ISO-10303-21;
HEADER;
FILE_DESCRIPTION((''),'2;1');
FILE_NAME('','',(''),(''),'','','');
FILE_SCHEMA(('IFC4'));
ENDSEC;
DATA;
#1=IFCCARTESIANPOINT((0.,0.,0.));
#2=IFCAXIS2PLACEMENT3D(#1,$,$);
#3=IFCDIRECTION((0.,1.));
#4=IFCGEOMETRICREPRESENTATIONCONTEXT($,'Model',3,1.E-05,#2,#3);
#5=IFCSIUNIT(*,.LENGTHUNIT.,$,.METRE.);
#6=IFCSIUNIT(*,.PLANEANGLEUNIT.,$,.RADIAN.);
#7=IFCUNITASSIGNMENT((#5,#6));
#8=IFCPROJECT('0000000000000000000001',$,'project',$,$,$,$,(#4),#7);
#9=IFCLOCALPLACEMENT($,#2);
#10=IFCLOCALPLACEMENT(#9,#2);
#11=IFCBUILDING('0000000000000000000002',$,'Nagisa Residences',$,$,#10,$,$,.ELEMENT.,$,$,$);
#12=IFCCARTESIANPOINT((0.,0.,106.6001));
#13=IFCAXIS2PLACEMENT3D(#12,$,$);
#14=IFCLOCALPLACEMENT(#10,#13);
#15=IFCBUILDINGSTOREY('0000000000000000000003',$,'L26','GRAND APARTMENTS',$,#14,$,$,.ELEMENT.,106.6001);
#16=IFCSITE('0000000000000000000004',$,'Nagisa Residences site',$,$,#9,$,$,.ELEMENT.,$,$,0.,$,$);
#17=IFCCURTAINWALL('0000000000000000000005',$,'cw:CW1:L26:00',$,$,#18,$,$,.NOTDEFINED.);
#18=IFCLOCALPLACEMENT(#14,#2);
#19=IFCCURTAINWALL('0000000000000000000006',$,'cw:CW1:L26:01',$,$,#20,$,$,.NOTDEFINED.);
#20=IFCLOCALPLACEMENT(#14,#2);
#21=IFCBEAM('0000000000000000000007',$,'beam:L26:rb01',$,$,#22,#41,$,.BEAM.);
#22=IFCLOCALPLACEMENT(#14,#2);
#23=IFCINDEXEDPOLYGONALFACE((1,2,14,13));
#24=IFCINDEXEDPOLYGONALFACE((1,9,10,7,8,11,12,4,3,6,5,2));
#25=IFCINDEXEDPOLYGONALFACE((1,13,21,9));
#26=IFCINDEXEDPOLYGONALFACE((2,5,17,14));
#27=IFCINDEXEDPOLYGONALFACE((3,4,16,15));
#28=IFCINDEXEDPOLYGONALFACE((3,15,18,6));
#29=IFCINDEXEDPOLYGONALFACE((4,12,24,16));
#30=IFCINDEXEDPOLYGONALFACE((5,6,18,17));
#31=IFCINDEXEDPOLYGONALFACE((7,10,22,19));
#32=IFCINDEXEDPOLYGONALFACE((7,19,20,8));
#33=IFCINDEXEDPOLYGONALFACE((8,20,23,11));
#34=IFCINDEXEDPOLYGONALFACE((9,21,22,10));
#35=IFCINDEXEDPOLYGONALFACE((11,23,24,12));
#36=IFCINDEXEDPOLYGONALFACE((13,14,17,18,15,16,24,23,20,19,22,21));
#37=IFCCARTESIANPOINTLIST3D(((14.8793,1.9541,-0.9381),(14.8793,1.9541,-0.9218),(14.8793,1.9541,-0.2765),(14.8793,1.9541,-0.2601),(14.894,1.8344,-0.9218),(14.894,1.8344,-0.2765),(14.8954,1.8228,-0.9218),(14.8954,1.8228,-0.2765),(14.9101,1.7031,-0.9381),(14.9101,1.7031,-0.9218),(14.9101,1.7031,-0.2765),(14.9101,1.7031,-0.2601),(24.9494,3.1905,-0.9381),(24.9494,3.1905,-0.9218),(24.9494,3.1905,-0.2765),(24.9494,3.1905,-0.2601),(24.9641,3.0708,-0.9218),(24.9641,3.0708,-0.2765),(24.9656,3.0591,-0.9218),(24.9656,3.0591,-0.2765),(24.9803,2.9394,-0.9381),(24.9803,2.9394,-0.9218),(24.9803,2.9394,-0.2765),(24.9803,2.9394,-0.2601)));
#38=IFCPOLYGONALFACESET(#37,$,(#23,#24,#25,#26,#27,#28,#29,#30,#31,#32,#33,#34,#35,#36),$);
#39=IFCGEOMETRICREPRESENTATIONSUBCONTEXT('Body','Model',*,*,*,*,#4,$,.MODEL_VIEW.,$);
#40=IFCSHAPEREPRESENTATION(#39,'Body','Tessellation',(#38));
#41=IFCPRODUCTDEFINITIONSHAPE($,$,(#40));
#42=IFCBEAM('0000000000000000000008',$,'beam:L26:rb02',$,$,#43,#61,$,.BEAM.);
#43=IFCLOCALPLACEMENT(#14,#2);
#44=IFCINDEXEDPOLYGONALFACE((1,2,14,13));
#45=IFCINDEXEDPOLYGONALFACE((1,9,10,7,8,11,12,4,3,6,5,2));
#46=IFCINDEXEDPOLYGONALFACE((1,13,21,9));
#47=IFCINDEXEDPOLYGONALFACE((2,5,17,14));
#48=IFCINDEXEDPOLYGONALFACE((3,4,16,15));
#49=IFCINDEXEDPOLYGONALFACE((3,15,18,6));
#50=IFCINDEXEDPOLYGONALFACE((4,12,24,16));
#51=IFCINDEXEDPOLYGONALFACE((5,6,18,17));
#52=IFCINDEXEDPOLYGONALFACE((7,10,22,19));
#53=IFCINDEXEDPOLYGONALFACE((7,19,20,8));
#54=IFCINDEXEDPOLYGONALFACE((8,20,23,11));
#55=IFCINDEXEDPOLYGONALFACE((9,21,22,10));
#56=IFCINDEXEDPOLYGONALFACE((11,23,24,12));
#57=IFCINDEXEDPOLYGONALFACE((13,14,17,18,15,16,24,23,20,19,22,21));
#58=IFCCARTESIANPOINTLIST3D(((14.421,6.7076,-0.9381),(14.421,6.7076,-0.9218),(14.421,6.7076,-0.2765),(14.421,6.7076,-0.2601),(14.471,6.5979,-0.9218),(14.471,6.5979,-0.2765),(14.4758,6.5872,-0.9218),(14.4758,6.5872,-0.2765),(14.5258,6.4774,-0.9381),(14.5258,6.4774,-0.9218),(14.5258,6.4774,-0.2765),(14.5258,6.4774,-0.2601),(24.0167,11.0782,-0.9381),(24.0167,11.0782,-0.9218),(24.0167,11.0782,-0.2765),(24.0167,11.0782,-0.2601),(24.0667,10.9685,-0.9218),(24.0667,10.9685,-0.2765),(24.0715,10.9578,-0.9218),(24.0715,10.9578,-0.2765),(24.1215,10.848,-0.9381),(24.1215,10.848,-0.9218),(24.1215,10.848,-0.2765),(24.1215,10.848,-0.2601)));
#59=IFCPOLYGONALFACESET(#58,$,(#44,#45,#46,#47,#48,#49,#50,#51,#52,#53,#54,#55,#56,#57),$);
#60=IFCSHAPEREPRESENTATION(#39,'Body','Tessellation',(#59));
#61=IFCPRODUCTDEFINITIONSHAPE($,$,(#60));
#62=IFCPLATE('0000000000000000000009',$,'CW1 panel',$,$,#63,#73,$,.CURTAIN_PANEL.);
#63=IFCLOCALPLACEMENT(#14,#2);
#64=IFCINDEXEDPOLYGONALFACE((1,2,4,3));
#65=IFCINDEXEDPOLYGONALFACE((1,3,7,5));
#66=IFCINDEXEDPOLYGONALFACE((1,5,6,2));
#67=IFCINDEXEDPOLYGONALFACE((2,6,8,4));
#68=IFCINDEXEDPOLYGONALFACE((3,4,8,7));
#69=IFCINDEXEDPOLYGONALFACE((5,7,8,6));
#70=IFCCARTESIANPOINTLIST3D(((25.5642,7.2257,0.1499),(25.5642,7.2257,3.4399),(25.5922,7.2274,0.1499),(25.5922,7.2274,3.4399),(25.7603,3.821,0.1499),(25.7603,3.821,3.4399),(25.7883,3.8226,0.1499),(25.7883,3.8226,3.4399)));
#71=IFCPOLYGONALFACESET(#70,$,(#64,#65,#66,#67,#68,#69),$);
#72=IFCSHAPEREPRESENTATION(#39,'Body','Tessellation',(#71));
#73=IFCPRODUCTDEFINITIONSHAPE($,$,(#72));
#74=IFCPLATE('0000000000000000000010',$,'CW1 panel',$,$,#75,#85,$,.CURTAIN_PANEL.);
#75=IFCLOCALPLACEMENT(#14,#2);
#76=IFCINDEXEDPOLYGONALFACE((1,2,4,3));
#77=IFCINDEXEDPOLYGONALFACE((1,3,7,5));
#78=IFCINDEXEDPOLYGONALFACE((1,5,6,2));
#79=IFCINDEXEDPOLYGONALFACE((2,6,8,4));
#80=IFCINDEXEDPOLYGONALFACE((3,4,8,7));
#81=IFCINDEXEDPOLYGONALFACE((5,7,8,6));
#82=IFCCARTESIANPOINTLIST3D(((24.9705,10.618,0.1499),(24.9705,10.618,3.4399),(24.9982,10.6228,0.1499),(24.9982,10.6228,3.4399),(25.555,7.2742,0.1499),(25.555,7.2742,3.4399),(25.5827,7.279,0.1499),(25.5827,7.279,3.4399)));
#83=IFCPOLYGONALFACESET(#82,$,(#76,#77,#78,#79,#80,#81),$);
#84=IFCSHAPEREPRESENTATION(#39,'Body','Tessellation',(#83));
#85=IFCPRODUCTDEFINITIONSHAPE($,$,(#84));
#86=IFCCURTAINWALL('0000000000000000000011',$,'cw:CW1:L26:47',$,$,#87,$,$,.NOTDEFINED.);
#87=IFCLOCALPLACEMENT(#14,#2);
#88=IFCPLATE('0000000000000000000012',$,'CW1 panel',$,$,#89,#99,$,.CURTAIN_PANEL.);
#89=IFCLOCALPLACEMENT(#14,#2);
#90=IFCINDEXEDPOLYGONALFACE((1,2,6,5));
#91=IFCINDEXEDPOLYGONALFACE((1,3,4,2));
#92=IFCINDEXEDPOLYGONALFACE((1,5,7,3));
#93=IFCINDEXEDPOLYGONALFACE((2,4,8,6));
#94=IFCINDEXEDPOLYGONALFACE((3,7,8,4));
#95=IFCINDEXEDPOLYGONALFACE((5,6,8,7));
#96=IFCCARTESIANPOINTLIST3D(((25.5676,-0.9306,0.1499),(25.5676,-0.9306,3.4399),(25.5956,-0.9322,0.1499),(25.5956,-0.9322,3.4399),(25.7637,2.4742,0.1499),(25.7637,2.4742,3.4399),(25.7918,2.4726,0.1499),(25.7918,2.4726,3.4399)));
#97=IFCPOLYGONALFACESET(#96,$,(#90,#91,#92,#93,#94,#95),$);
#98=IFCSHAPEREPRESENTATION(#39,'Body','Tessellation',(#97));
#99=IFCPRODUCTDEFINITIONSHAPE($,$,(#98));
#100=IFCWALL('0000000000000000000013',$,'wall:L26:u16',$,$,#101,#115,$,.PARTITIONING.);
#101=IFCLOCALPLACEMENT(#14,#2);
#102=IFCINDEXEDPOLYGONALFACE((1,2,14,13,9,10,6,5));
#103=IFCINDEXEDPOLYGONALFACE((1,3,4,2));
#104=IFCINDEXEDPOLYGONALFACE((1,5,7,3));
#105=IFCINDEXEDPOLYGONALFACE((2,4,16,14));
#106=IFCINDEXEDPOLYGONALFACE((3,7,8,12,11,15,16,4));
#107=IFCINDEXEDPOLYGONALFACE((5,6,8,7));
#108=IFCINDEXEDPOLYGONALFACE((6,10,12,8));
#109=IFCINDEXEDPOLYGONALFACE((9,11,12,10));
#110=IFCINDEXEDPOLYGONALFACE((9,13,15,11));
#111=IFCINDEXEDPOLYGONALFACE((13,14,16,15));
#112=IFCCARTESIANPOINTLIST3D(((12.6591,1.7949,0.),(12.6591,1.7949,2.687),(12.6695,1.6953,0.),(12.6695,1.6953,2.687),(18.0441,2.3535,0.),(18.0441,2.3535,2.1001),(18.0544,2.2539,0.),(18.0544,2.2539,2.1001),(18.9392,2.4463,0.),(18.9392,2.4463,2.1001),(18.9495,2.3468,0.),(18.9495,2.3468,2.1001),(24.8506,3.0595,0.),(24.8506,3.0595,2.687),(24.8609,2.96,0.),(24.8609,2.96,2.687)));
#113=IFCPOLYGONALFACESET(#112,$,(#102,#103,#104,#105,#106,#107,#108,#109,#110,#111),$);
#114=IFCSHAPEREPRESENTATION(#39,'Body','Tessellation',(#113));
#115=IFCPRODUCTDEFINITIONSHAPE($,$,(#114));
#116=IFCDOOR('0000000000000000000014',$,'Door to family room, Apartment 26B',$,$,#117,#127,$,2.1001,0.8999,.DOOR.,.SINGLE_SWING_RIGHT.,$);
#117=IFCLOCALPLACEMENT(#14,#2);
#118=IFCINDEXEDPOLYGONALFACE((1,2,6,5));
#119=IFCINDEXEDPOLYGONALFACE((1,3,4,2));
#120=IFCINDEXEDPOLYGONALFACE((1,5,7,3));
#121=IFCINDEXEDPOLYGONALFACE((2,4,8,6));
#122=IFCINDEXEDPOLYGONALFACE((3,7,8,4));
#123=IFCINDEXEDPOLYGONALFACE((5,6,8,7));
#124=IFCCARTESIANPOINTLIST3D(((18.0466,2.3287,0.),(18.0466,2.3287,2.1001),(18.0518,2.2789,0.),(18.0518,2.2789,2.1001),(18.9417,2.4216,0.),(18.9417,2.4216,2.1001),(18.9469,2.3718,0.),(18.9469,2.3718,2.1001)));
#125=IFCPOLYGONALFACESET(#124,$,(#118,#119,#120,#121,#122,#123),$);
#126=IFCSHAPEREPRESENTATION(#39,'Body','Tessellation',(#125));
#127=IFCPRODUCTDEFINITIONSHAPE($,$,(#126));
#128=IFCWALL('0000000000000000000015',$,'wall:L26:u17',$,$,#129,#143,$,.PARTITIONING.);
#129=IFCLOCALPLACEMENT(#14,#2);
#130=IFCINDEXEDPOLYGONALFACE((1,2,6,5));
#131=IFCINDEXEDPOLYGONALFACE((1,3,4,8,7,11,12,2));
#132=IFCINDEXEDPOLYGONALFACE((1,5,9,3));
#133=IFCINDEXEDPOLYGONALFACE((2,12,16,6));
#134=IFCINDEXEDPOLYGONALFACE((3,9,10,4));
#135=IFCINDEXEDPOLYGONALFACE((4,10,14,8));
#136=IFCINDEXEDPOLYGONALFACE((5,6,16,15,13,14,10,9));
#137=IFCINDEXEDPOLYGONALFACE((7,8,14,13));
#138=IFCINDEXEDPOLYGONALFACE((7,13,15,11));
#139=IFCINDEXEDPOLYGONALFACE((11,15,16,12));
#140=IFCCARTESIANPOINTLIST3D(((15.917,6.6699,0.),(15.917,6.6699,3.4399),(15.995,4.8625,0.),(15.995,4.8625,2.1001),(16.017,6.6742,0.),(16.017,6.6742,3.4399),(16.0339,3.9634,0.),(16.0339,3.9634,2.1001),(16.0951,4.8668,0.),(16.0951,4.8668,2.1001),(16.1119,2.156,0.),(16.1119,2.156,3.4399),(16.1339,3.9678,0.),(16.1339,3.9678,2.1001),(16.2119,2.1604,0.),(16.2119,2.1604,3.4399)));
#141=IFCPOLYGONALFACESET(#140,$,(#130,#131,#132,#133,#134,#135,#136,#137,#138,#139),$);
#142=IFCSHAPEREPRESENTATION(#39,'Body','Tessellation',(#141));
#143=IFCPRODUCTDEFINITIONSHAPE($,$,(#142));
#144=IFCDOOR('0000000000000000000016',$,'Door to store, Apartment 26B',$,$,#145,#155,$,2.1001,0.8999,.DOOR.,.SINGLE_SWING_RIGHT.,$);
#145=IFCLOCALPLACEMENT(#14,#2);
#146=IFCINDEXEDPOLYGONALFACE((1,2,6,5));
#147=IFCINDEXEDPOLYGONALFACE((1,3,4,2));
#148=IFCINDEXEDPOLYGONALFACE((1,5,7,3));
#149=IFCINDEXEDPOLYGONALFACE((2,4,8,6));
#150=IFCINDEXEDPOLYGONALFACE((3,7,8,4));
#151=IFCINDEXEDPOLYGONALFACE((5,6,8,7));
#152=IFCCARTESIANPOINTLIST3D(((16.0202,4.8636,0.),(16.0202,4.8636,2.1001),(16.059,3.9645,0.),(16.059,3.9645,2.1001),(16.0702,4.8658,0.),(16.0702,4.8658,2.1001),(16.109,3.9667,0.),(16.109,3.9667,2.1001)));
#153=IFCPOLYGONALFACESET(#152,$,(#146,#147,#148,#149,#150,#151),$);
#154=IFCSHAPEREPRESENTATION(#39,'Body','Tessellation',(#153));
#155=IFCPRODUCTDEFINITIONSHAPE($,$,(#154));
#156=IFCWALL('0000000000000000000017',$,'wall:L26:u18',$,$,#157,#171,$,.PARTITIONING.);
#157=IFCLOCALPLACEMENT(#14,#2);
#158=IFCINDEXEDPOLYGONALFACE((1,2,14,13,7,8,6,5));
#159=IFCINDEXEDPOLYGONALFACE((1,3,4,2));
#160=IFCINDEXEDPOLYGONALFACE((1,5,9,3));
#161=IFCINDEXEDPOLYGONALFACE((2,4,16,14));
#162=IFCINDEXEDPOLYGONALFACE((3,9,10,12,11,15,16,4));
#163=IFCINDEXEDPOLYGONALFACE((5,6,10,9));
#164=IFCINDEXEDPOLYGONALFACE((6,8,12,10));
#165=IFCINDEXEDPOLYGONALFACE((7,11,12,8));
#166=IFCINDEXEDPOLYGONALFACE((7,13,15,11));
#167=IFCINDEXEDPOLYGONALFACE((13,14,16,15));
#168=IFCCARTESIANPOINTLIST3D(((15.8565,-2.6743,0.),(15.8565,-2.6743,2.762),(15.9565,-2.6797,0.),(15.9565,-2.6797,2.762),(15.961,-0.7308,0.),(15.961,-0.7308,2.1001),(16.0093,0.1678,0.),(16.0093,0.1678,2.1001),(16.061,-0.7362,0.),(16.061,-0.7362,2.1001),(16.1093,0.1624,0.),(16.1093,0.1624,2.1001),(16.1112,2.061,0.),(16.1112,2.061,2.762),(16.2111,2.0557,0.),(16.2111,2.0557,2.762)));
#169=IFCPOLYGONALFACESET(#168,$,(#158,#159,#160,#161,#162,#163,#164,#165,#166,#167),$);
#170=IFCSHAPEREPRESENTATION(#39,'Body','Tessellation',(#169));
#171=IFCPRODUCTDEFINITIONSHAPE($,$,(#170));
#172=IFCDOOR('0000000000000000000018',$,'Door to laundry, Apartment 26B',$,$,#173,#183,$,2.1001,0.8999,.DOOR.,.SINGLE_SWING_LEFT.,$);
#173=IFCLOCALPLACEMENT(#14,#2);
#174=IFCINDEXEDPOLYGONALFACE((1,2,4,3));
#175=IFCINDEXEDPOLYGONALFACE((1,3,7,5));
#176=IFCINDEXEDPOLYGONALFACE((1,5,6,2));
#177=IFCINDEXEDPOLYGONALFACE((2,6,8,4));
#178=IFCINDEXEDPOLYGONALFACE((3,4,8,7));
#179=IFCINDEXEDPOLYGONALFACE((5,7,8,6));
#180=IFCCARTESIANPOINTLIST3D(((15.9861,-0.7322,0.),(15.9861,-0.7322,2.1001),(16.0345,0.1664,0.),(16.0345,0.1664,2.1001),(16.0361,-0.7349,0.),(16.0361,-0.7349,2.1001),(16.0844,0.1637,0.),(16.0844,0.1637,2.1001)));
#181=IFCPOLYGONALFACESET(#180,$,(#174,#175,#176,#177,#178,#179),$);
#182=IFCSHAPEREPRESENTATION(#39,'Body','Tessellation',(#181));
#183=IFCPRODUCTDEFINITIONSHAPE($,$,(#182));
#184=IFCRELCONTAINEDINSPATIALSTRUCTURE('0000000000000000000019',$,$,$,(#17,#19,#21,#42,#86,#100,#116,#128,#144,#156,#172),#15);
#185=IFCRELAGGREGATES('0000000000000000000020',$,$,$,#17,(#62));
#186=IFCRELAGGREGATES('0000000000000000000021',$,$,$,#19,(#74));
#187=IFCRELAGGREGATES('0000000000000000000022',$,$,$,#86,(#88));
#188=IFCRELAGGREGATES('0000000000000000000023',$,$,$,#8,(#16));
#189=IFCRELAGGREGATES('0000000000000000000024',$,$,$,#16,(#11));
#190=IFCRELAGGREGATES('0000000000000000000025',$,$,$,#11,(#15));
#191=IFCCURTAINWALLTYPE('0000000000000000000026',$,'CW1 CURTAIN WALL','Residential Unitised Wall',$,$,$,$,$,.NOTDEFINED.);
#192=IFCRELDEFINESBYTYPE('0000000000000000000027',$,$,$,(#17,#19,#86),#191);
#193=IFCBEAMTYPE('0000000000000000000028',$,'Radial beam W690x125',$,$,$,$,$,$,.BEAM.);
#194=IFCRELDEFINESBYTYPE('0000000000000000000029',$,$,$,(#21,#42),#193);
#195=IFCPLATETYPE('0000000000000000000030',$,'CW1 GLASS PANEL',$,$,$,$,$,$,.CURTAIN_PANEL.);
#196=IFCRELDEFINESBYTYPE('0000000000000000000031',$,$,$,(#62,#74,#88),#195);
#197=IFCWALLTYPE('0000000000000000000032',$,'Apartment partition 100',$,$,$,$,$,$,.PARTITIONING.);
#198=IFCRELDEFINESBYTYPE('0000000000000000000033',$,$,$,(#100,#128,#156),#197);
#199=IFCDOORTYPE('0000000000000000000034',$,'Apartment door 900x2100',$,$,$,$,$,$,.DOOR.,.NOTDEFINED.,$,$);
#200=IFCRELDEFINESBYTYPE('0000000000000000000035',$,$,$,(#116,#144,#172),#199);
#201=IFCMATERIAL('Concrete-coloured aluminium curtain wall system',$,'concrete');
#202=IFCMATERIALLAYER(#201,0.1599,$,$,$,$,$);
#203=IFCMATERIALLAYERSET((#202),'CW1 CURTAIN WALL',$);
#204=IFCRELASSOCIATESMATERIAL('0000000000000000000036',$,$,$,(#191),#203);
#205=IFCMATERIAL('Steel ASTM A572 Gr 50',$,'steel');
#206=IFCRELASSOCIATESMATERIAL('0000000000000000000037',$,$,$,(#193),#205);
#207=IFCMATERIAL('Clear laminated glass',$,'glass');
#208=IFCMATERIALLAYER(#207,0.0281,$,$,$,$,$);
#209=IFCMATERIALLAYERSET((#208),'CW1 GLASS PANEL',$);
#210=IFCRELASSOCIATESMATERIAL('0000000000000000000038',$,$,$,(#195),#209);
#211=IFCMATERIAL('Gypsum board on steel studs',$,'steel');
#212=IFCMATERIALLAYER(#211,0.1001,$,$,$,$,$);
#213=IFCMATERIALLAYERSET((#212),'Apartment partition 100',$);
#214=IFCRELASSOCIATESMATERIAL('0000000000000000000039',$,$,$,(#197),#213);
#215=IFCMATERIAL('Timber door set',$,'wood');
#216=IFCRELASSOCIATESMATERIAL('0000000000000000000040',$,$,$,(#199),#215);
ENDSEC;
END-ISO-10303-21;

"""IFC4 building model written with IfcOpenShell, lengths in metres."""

from ifc_helpers import new_model, si_unit, direction, frame, frame_2d, origin, origin_2d, place, context, subcontext, project, spatial, rectangle, i_section, extrude, material, layer, layer_set, material_profile, profile_set, type_object, element, fill, aggregate, save


model = new_model("IFC4")

# Units and contexts
model_context = context("Model", 3, precision=1e-05, world=origin(), true_north=direction((0.0, 1.0)))
body_context = subcontext(model_context, "Body", "Model", "MODEL_VIEW")
ifc_project = project(units=[si_unit("LENGTHUNIT", "METRE"), si_unit("PLANEANGLEUNIT", "RADIAN")], contexts=[model_context])

# Site, building, storey
site_placement = place(None, origin())
site = spatial("IfcSite", under=ifc_project, at=site_placement, Name="Nagisa Residences site", CompositionType="ELEMENT", RefElevation=0.0)
building_placement = place(site_placement, origin())
building = spatial("IfcBuilding", under=site, at=building_placement, Name="Nagisa Residences", CompositionType="ELEMENT")
storey_placement = place(building_placement, frame((0.0, 0.0, 106.6001)))
storey = spatial("IfcBuildingStorey", under=building, at=storey_placement, Name="L26", Description="GRAND APARTMENTS", CompositionType="ELEMENT", Elevation=106.6001)

# Curtain walls
ifc_material_1 = material(Name="Concrete-coloured aluminium curtain wall system", Category="concrete")
ifc_layer_1 = layer(ifc_material_1, 0.1599)
ifc_layer_set_1 = layer_set([ifc_layer_1], Name="CW1 CURTAIN WALL")
curtain_wall_type = type_object("IfcCurtainWallType", Name="CW1 CURTAIN WALL", Description="Residential Unitised Wall", PredefinedType="NOTDEFINED", material=ifc_layer_set_1)
curtain_wall_1_placement = place(storey_placement, origin())
curtain_wall_1 = element("IfcCurtainWall", 1, at=curtain_wall_1_placement, inside=storey, type_object=curtain_wall_type, Name="cw:CW1:L26:00", PredefinedType="NOTDEFINED")
curtain_wall_2_placement = place(storey_placement, origin())
curtain_wall_2 = element("IfcCurtainWall", 2, at=curtain_wall_2_placement, inside=storey, type_object=curtain_wall_type, Name="cw:CW1:L26:01", PredefinedType="NOTDEFINED")

# Beams
ifc_material_2 = material(Name="Steel ASTM A572 Gr 50", Category="steel")
ifc_material_profile_1 = material_profile(ifc_material_2, i_section(OverallWidth=0.2529, OverallDepth=0.678, WebThickness=0.0117, FlangeThickness=0.0164, at=origin_2d()), Name="W690x125")
ifc_profile_set_1 = profile_set([ifc_material_profile_1], Name="Steel ASTM A572 Gr 50")
beam_type_1 = type_object("IfcBeamType", Name="Radial beam W690x125", PredefinedType="BEAM", material=ifc_profile_set_1)
beam_1_placement = place(storey_placement, frame((24.9648, 3.0649, -0.5991), z_axis=(-0.992548, -0.121858, 0.0), x_axis=(0.121858, -0.992548, 0.0)))
element("IfcBeam", 3, at=beam_1_placement, inside=storey, type_object=beam_type_1, Name="beam:L26:rb01", PredefinedType="BEAM", context=body_context, shape_type="SweptSolid", body=[
    extrude(i_section(OverallWidth=0.2529, OverallDepth=0.678, WebThickness=0.0117, FlangeThickness=0.0164, at=origin_2d()), origin(), (0.0, 0.0, 1.0), 10.1458),
])
beam_2_placement = place(storey_placement, frame((24.0691, 10.9631, -0.5991), z_axis=(-0.910047, -0.414504, 0.0), x_axis=(0.414504, -0.910047, 0.0)))
element("IfcBeam", 4, at=beam_2_placement, inside=storey, type_object=beam_type_1, Name="beam:L26:rb02", PredefinedType="BEAM", context=body_context, shape_type="SweptSolid", body=[
    extrude(i_section(OverallWidth=0.2529, OverallDepth=0.678, WebThickness=0.0117, FlangeThickness=0.0164, at=origin_2d()), origin(), (0.0, 0.0, 1.0), 10.5442),
])

# Plates
ifc_material_3 = material(Name="Clear laminated glass", Category="glass")
ifc_layer_2 = layer(ifc_material_3, 0.0281)
ifc_layer_set_2 = layer_set([ifc_layer_2], Name="CW1 GLASS PANEL")
plate_type = type_object("IfcPlateType", Name="CW1 GLASS PANEL", PredefinedType="CURTAIN_PANEL", material=ifc_layer_set_2)
plate_1_placement = place(storey_placement, frame((25.6763, 5.5242, 0.1499), z_axis=(0.0, 0.0, 1.0), x_axis=(-0.057503, 0.998345, 0.0)))
plate_1 = element("IfcPlate", 5, at=plate_1_placement, type_object=plate_type, Name="CW1 panel", PredefinedType="CURTAIN_PANEL", context=body_context, shape_type="SweptSolid", body=[
    extrude(rectangle(XDim=3.4104, YDim=0.0281, at=origin_2d()), origin(), (0.0, 0.0, 1.0), 3.29),
])
aggregate(curtain_wall_1, [plate_1])
plate_2_placement = place(storey_placement, frame((25.2766, 8.9485, 0.1499), z_axis=(0.0, 0.0, 1.0), x_axis=(-0.172191, 0.985064, 0.0)))
plate_2 = element("IfcPlate", 6, at=plate_2_placement, type_object=plate_type, Name="CW1 panel", PredefinedType="CURTAIN_PANEL", context=body_context, shape_type="SweptSolid", body=[
    extrude(rectangle(XDim=3.3945, YDim=0.0281, at=origin_2d()), origin(), (0.0, 0.0, 1.0), 3.29),
])
aggregate(curtain_wall_2, [plate_2])

# Curtain wall, plate
curtain_wall_3_placement = place(storey_placement, origin())
curtain_wall_3 = element("IfcCurtainWall", 7, at=curtain_wall_3_placement, inside=storey, type_object=curtain_wall_type, Name="cw:CW1:L26:47", PredefinedType="NOTDEFINED")
plate_3_placement = place(storey_placement, frame((25.6797, 0.771, 0.1499), z_axis=(0.0, 0.0, 1.0), x_axis=(0.057503, 0.998345, 0.0)))
plate_3 = element("IfcPlate", 8, at=plate_3_placement, type_object=plate_type, Name="CW1 panel", PredefinedType="CURTAIN_PANEL", context=body_context, shape_type="SweptSolid", body=[
    extrude(rectangle(XDim=3.4104, YDim=0.0281, at=origin_2d()), origin(), (0.0, 0.0, 1.0), 3.29),
])
aggregate(curtain_wall_3, [plate_3])

# Walls, openings, doors
ifc_material_4 = material(Name="Gypsum board on steel studs", Category="steel")
ifc_layer_3 = layer(ifc_material_4, 0.1001)
ifc_layer_set_3 = layer_set([ifc_layer_3], Name="Apartment partition 100")
wall_type = type_object("IfcWallType", Name="Apartment partition 100", PredefinedType="PARTITIONING", material=ifc_layer_set_3)
wall_1_placement = place(storey_placement, frame((12.6643, 1.7451, 0.0), z_axis=(0.0, 0.0, 1.0), x_axis=(0.994663, 0.103179, 0.0)))
wall_1 = element("IfcWall", 9, at=wall_1_placement, inside=storey, type_object=wall_type, Name="wall:L26:u16", PredefinedType="PARTITIONING", context=body_context, shape_type="SweptSolid", body=[
    extrude(rectangle(XDim=12.2568, YDim=0.1001, at=frame_2d((6.1284, 0.0))), origin(), (0.0, 0.0, 1.0), 2.687),
])
opening_1_placement = place(wall_1_placement, frame((5.4138, 0.0, 0.0)))
opening_1 = element("IfcOpeningElement", 10, at=opening_1_placement, cuts=wall_1, PredefinedType="OPENING", context=body_context, shape_type="SweptSolid", body=[
    extrude(rectangle(XDim=0.8999, YDim=2.1001, at=frame_2d((0.45, 1.05))), frame((0.0, 0.0601, 0.0), z_axis=(0.0, -1.0, 0.0), x_axis=(1.0, 0.0, 0.0)), (0.0, 0.0, 1.0), 0.1201),
])
ifc_material_5 = material(Name="Timber door set", Category="wood")
door_type = type_object("IfcDoorType", Name="Apartment door 900x2100", OperationType="NOTDEFINED", PredefinedType="DOOR", material=ifc_material_5)
door_1_placement = place(opening_1_placement, frame((0.8999, 0.0, 0.0), x_axis=(-1.0, 0.0, 0.0)))
door_1 = element("IfcDoor", 11, at=door_1_placement, inside=storey, type_object=door_type, Name="Door to family room, Apartment 26B", OperationType="SINGLE_SWING_RIGHT", OverallHeight=2.1001, OverallWidth=0.8999, PredefinedType="DOOR", context=body_context, shape_type="SweptSolid", body=[
    extrude(rectangle(XDim=0.8999, YDim=2.1001, at=frame_2d((0.45, 1.05))), frame((0.0, 0.0249, 0.0), z_axis=(0.0, -1.0, 0.0), x_axis=(1.0, 0.0, 0.0)), (0.0, 0.0, 1.0), 0.05),
])
fill(opening_1, door_1)
wall_2_placement = place(storey_placement, frame((16.1619, 2.1582, 0.0), z_axis=(0.0, 0.0, 1.0), x_axis=(-0.043121, 0.99907, 0.0)))
wall_2 = element("IfcWall", 12, at=wall_2_placement, inside=storey, type_object=wall_type, Name="wall:L26:u17", PredefinedType="PARTITIONING", context=body_context, shape_type="SweptSolid", body=[
    extrude(rectangle(XDim=4.5181, YDim=0.1001, at=frame_2d((2.259, 0.0))), origin(), (0.0, 0.0, 1.0), 3.4399),
])
opening_2_placement = place(wall_2_placement, frame((1.8091, 0.0, 0.0)))
opening_2 = element("IfcOpeningElement", 13, at=opening_2_placement, cuts=wall_2, PredefinedType="OPENING", context=body_context, shape_type="SweptSolid", body=[
    extrude(rectangle(XDim=0.8999, YDim=2.1001, at=frame_2d((0.45, 1.05))), frame((0.0, 0.0601, 0.0), z_axis=(0.0, -1.0, 0.0), x_axis=(1.0, 0.0, 0.0)), (0.0, 0.0, 1.0), 0.1201),
])
door_2_placement = place(opening_2_placement, origin())
door_2 = element("IfcDoor", 14, at=door_2_placement, inside=storey, type_object=door_type, Name="Door to store, Apartment 26B", OperationType="SINGLE_SWING_RIGHT", OverallHeight=2.1001, OverallWidth=0.8999, PredefinedType="DOOR", context=body_context, shape_type="SweptSolid", body=[
    extrude(rectangle(XDim=0.8999, YDim=2.1001, at=frame_2d((0.45, 1.05))), frame((0.0, 0.0249, 0.0), z_axis=(0.0, -1.0, 0.0), x_axis=(1.0, 0.0, 0.0)), (0.0, 0.0, 1.0), 0.05),
])
fill(opening_2, door_2)
wall_3_placement = place(storey_placement, frame((16.1611, 2.0583, 0.0), z_axis=(0.0, 0.0, 1.0), x_axis=(-0.053696, -0.998557, 0.0)))
wall_3 = element("IfcWall", 15, at=wall_3_placement, inside=storey, type_object=wall_type, Name="wall:L26:u18", PredefinedType="PARTITIONING", context=body_context, shape_type="SweptSolid", body=[
    extrude(rectangle(XDim=4.7422, YDim=0.1001, at=frame_2d((2.3711, 0.0))), origin(), (0.0, 0.0, 1.0), 2.762),
])
opening_3_placement = place(wall_3_placement, frame((1.896, 0.0, 0.0)))
opening_3 = element("IfcOpeningElement", 16, at=opening_3_placement, cuts=wall_3, PredefinedType="OPENING", context=body_context, shape_type="SweptSolid", body=[
    extrude(rectangle(XDim=0.8999, YDim=2.1001, at=frame_2d((0.45, 1.05))), frame((0.0, 0.0601, 0.0), z_axis=(0.0, -1.0, 0.0), x_axis=(1.0, 0.0, 0.0)), (0.0, 0.0, 1.0), 0.1201),
])
door_3_placement = place(opening_3_placement, frame((0.8999, 0.0, 0.0), x_axis=(-1.0, 0.0, 0.0)))
door_3 = element("IfcDoor", 17, at=door_3_placement, inside=storey, type_object=door_type, Name="Door to laundry, Apartment 26B", OperationType="SINGLE_SWING_LEFT", OverallHeight=2.1001, OverallWidth=0.8999, PredefinedType="DOOR", context=body_context, shape_type="SweptSolid", body=[
    extrude(rectangle(XDim=0.8999, YDim=2.1001, at=frame_2d((0.45, 1.05))), frame((0.0, 0.0249, 0.0), z_axis=(0.0, -1.0, 0.0), x_axis=(1.0, 0.0, 0.0)), (0.0, 0.0, 1.0), 0.05),
])
fill(opening_3, door_3)

save(model, "model.ifc")
